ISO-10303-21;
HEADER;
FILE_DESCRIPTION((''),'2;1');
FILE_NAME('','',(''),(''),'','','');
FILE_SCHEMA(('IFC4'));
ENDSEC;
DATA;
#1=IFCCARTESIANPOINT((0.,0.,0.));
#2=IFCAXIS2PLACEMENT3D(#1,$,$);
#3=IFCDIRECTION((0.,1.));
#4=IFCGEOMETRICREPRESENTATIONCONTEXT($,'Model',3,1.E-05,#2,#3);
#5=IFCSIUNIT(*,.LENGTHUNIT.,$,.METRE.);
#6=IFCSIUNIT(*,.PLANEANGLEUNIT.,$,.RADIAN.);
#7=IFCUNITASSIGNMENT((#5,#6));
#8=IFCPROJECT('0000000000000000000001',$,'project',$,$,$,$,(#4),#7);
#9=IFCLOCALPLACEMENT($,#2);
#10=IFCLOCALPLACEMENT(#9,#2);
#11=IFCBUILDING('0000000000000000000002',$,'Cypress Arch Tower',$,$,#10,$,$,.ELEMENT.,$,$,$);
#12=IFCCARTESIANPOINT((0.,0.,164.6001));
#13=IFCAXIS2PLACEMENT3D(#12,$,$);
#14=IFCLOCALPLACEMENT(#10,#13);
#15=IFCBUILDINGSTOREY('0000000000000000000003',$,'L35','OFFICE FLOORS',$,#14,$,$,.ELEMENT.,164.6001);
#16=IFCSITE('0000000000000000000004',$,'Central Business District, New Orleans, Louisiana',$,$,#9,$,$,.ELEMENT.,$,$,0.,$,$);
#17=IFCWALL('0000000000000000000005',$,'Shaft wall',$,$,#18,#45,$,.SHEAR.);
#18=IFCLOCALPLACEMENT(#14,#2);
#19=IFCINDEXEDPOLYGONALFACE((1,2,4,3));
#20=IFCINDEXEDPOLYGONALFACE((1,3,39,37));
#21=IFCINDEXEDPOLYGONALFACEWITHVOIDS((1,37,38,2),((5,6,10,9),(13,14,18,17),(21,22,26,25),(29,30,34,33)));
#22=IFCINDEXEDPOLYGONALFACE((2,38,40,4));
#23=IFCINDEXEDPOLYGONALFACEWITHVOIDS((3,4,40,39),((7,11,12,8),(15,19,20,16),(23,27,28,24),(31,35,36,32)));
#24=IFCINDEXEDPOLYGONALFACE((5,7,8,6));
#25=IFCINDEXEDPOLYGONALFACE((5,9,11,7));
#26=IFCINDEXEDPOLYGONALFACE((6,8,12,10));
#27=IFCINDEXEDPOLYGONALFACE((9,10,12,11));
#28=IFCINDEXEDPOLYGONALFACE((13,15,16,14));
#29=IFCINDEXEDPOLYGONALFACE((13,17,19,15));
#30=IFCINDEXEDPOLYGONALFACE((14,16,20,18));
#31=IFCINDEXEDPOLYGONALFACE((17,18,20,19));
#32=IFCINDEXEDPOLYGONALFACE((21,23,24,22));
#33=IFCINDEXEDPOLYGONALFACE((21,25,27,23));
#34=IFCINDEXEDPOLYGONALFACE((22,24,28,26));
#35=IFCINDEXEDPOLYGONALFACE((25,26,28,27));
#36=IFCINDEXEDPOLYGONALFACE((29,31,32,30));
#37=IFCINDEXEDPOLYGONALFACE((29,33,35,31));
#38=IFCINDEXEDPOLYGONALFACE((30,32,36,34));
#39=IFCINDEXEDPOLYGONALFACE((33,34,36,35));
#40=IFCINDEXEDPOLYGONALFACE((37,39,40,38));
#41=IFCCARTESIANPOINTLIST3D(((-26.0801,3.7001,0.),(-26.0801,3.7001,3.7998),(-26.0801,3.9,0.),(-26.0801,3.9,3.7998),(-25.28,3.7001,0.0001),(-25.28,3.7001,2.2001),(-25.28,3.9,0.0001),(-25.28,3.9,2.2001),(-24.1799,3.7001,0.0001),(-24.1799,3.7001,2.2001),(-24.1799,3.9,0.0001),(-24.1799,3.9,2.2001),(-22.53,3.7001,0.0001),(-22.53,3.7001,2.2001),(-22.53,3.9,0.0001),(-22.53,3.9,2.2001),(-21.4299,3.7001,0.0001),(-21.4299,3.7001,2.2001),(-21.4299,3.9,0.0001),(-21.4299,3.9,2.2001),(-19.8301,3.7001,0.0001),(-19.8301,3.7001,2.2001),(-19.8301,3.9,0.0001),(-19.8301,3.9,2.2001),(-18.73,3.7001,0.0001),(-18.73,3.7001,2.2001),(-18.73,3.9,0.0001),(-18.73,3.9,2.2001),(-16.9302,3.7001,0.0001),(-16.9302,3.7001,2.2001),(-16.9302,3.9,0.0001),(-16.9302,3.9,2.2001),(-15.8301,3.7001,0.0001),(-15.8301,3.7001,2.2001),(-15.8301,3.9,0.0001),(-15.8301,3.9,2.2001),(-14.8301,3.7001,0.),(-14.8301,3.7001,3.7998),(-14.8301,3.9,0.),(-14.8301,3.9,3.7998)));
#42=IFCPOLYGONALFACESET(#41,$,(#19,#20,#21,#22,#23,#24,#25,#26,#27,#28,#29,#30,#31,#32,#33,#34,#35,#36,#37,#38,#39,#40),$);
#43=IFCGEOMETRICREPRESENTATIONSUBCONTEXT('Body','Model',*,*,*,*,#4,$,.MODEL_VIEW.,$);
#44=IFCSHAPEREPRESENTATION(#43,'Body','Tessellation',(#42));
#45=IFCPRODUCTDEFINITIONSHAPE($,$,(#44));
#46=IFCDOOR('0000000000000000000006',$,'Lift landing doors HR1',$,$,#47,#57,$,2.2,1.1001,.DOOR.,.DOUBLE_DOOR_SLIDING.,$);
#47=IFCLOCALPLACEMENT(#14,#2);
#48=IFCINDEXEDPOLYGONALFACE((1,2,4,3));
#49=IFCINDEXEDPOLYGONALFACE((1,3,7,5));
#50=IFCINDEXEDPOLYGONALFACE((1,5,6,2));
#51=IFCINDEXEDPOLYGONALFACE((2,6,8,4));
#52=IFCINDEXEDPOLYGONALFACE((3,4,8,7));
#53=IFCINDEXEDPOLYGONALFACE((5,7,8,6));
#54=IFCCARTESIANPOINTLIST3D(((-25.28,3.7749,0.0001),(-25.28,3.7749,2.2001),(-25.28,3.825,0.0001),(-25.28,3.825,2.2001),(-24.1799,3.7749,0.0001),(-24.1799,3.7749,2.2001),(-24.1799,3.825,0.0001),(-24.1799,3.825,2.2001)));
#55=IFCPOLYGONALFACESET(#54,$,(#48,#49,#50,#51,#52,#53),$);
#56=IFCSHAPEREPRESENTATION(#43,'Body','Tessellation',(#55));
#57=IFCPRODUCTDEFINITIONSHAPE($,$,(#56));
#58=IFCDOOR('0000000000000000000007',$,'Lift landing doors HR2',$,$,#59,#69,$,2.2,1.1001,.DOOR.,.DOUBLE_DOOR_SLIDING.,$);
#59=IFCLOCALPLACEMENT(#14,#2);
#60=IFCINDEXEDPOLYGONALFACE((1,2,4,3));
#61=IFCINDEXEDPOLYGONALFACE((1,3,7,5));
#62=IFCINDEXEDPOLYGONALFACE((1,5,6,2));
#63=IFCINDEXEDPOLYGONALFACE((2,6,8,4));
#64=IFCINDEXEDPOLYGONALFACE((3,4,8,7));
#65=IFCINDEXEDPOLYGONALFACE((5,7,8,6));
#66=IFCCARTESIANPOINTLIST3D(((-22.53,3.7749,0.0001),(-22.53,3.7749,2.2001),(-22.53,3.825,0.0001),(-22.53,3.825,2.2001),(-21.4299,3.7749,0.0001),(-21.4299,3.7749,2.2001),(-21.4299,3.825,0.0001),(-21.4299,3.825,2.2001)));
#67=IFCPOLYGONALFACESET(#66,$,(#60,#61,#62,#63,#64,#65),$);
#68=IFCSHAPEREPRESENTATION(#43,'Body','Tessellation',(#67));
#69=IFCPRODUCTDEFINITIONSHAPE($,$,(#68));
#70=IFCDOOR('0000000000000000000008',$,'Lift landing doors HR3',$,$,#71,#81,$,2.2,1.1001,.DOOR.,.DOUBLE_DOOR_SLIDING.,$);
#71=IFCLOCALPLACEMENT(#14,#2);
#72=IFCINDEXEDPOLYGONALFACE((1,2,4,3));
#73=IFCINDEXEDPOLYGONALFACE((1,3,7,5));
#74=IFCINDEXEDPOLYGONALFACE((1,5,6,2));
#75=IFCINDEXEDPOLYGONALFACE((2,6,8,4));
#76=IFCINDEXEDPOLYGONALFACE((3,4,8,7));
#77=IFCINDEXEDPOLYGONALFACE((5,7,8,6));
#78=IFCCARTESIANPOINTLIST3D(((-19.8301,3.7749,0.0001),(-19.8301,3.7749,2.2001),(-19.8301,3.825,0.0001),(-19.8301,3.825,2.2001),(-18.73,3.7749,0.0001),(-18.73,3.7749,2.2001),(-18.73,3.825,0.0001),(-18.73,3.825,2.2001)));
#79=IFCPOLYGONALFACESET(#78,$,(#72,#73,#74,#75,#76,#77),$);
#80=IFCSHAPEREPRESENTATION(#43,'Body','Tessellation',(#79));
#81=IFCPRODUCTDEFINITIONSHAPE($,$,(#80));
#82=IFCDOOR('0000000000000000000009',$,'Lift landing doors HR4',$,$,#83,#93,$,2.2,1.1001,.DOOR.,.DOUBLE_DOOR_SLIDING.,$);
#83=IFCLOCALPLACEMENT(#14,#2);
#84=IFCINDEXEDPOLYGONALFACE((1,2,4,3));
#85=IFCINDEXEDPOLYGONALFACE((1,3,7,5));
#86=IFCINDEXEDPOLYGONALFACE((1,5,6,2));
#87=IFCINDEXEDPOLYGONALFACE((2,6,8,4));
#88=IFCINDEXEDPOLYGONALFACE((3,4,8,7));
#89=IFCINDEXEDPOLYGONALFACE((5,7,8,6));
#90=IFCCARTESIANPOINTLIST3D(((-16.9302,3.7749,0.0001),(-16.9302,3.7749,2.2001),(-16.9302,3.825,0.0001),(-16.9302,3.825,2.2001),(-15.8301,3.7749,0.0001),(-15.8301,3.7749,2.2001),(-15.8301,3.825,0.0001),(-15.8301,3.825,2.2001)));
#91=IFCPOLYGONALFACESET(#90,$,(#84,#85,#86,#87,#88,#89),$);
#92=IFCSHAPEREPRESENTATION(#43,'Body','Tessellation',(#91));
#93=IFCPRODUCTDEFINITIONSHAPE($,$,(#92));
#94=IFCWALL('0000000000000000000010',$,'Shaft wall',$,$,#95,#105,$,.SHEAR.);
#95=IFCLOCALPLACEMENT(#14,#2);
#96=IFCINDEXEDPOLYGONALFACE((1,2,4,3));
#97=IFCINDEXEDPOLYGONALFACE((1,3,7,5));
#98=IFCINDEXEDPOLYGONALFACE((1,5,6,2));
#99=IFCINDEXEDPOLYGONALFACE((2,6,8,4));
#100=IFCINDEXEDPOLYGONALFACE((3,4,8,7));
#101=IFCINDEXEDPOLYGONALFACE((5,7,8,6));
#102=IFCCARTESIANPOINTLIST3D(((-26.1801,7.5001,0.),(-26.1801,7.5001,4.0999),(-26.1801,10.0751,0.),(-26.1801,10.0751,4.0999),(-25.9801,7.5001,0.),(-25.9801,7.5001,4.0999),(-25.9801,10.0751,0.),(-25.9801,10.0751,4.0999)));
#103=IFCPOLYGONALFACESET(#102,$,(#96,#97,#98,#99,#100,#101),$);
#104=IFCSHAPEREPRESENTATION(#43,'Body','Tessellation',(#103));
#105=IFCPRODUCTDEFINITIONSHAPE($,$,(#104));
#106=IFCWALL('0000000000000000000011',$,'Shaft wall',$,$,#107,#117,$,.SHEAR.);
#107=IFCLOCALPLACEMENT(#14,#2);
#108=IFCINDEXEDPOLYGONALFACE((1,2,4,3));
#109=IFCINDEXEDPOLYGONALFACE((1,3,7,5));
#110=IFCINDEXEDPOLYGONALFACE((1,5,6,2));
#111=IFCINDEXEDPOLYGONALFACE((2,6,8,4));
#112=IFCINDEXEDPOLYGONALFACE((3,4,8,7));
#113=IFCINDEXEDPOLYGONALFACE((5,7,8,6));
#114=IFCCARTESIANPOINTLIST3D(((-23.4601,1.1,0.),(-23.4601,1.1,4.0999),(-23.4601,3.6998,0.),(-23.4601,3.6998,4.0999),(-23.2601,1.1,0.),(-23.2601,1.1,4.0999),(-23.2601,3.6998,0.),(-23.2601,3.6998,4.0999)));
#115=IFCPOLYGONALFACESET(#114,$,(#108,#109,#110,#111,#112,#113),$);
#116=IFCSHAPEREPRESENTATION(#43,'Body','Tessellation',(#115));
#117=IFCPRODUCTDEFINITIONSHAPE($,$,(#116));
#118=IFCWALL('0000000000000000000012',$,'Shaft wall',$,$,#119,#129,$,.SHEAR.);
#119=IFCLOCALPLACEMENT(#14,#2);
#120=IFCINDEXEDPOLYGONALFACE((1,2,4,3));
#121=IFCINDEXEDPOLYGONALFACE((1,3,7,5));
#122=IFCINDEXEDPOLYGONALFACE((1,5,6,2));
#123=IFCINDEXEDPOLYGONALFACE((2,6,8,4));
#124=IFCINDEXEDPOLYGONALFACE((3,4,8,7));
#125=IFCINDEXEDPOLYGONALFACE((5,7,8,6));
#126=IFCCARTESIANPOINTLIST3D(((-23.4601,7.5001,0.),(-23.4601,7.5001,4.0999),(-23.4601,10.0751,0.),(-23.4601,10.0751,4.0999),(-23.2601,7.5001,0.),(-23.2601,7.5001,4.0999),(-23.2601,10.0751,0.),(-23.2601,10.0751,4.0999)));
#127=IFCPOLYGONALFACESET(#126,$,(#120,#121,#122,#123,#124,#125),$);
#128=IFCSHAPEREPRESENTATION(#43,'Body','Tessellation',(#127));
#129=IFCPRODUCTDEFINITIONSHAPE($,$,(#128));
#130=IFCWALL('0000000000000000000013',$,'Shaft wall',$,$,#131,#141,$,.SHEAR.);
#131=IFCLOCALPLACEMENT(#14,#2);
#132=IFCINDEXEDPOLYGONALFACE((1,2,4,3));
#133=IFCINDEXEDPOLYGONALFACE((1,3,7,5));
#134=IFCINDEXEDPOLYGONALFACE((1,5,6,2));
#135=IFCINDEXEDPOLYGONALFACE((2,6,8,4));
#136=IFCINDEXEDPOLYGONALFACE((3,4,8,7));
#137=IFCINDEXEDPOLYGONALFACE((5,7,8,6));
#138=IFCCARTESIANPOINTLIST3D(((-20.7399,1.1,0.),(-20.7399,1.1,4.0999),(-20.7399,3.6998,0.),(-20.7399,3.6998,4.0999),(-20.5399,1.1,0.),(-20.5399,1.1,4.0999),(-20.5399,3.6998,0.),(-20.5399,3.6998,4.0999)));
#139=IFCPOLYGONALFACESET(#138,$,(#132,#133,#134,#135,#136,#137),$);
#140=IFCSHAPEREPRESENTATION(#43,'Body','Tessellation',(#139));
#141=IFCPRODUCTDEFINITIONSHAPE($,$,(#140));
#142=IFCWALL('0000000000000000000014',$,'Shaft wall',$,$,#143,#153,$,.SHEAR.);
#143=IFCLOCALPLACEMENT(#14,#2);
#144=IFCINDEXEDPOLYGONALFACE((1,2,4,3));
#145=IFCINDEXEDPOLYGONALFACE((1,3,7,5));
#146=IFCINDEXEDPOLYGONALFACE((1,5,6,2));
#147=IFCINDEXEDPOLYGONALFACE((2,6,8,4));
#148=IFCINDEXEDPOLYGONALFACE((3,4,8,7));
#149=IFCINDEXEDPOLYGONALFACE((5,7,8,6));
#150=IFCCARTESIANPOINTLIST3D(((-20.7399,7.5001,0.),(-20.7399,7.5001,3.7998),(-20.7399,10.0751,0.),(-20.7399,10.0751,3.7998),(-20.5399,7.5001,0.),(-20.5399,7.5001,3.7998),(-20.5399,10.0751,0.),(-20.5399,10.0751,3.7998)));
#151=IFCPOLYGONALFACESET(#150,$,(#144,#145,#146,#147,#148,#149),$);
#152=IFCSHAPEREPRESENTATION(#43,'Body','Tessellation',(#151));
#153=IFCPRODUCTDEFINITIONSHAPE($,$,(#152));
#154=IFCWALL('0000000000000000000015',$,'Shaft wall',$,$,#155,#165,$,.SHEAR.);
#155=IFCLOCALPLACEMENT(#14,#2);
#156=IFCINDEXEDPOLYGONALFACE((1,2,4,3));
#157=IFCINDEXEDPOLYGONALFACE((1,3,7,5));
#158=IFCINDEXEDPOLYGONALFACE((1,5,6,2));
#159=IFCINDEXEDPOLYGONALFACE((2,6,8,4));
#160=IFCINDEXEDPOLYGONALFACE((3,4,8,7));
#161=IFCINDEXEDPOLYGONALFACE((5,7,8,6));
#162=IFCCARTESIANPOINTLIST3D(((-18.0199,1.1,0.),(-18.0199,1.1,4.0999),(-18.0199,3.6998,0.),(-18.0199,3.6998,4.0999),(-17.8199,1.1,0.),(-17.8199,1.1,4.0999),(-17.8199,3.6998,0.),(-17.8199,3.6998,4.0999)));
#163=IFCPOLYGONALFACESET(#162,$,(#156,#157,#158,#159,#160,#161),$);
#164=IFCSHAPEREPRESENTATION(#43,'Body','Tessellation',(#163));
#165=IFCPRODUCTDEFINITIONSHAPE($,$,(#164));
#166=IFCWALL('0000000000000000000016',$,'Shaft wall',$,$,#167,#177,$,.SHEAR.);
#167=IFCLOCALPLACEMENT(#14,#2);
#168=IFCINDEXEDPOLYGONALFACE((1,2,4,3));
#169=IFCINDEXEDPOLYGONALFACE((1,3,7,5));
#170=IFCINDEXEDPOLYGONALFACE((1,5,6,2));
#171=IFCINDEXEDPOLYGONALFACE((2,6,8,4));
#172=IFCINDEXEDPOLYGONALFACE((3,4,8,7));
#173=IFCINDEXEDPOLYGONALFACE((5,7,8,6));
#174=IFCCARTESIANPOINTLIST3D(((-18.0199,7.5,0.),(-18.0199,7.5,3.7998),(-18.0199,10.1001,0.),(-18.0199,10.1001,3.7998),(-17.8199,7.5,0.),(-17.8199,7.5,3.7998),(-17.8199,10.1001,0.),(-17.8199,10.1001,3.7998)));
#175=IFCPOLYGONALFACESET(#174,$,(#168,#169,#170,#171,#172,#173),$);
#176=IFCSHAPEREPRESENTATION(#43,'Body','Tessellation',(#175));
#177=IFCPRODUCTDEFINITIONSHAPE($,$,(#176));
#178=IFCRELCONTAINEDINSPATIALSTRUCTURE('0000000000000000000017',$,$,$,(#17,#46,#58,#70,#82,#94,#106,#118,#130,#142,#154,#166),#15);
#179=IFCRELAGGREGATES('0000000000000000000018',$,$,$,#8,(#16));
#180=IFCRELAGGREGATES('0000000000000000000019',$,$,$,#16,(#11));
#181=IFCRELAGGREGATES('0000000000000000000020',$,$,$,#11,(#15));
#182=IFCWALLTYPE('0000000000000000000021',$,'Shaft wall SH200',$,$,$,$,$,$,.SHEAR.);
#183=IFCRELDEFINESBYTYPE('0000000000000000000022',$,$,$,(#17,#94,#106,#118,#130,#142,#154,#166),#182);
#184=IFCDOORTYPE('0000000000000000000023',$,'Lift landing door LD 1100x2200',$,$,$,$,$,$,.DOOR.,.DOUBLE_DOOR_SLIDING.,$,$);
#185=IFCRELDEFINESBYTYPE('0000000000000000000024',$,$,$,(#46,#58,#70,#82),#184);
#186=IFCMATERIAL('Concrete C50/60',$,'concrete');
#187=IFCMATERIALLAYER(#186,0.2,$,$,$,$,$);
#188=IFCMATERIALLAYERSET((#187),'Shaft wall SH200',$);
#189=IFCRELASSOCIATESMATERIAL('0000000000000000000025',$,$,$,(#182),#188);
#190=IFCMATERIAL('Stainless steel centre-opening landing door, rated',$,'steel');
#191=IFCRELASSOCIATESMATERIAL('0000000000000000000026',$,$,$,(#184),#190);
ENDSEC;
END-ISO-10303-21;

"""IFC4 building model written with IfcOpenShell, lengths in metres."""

from ifc_helpers import new_model, si_unit, direction, frame, frame_2d, origin, place, context, subcontext, project, spatial, rectangle, extrude, material, layer, layer_set, type_object, element, fill, save


model = new_model("IFC4")

# Units and contexts
model_context = context("Model", 3, precision=1e-05, world=origin(), true_north=direction((0.0, 1.0)))
body_context = subcontext(model_context, "Body", "Model", "MODEL_VIEW")
ifc_project = project(units=[si_unit("LENGTHUNIT", "METRE"), si_unit("PLANEANGLEUNIT", "RADIAN")], contexts=[model_context])

# Site, building, storey
site_placement = place(None, origin())
site = spatial("IfcSite", under=ifc_project, at=site_placement, Name="Central Business District, New Orleans, Louisiana", CompositionType="ELEMENT", RefElevation=0.0)
building_placement = place(site_placement, origin())
building = spatial("IfcBuilding", under=site, at=building_placement, Name="Cypress Arch Tower", CompositionType="ELEMENT")
storey_placement = place(building_placement, frame((0.0, 0.0, 164.6001)))
storey = spatial("IfcBuildingStorey", under=building, at=storey_placement, Name="L35", Description="OFFICE FLOORS", CompositionType="ELEMENT", Elevation=164.6001)

# Shared definitions
ifc_material_1 = material(Name="Concrete C50/60", Category="concrete")
ifc_layer_1 = layer(ifc_material_1, 0.2)
ifc_layer_set_1 = layer_set([ifc_layer_1], Name="Shaft wall SH200")
wall_type_1 = type_object("IfcWallType", Name="Shaft wall SH200", PredefinedType="SHEAR", material=ifc_layer_set_1)
ifc_material_2 = material(Name="Stainless steel centre-opening landing door, rated", Category="steel")
door_type_1 = type_object("IfcDoorType", Name="Lift landing door LD 1100x2200", OperationType="DOUBLE_DOOR_SLIDING", PredefinedType="DOOR", material=ifc_material_2)

# Wall, openings, doors
wall_1_placement = place(storey_placement, frame((-26.0801, 3.8, 0.0), z_axis=(0.0, 0.0, 1.0), x_axis=(1.0, 0.0, 0.0)))
wall_1 = element("IfcWall", 1, at=wall_1_placement, inside=storey, type_object=wall_type_1, Name="Shaft wall", PredefinedType="SHEAR", context=body_context, shape_type="SweptSolid", body=[
    extrude(rectangle(XDim=11.25, YDim=0.2, at=frame_2d((5.625, 0.0))), origin(), (0.0, 0.0, 1.0), 3.7998),
])
opening_1_placement = place(wall_1_placement, frame((0.8, 0.0, 0.0)))
opening_1 = element("IfcOpeningElement", 2, at=opening_1_placement, cuts=wall_1, PredefinedType="OPENING", context=body_context, shape_type="SweptSolid", body=[
    extrude(rectangle(XDim=1.1001, YDim=2.2, at=frame_2d((0.55, 1.1001))), frame((0.0, 0.1099, 0.0), z_axis=(0.0, -1.0, 0.0), x_axis=(1.0, 0.0, 0.0)), (0.0, 0.0, 1.0), 0.22),
])
opening_2_placement = place(wall_1_placement, frame((3.55, 0.0, 0.0)))
opening_2 = element("IfcOpeningElement", 3, at=opening_2_placement, cuts=wall_1, PredefinedType="OPENING", context=body_context, shape_type="SweptSolid", body=[
    extrude(rectangle(XDim=1.1001, YDim=2.2, at=frame_2d((0.55, 1.1001))), frame((0.0, 0.1099, 0.0), z_axis=(0.0, -1.0, 0.0), x_axis=(1.0, 0.0, 0.0)), (0.0, 0.0, 1.0), 0.22),
])
opening_3_placement = place(wall_1_placement, frame((6.25, 0.0, 0.0)))
opening_3 = element("IfcOpeningElement", 4, at=opening_3_placement, cuts=wall_1, PredefinedType="OPENING", context=body_context, shape_type="SweptSolid", body=[
    extrude(rectangle(XDim=1.1001, YDim=2.2, at=frame_2d((0.55, 1.1001))), frame((0.0, 0.1099, 0.0), z_axis=(0.0, -1.0, 0.0), x_axis=(1.0, 0.0, 0.0)), (0.0, 0.0, 1.0), 0.22),
])
opening_4_placement = place(wall_1_placement, frame((9.1499, 0.0, 0.0)))
opening_4 = element("IfcOpeningElement", 5, at=opening_4_placement, cuts=wall_1, PredefinedType="OPENING", context=body_context, shape_type="SweptSolid", body=[
    extrude(rectangle(XDim=1.1001, YDim=2.2, at=frame_2d((0.55, 1.1001))), frame((0.0, 0.1099, 0.0), z_axis=(0.0, -1.0, 0.0), x_axis=(1.0, 0.0, 0.0)), (0.0, 0.0, 1.0), 0.22),
])
door_1_placement = place(opening_1_placement, origin())
door_1 = element("IfcDoor", 6, at=door_1_placement, inside=storey, type_object=door_type_1, Name="Lift landing doors HR1", OperationType="DOUBLE_DOOR_SLIDING", OverallHeight=2.2, OverallWidth=1.1001, PredefinedType="DOOR", context=body_context, shape_type="SweptSolid", body=[
    extrude(rectangle(XDim=1.1001, YDim=2.2, at=frame_2d((0.55, 1.1001))), frame((0.0, 0.0249, 0.0), z_axis=(0.0, -1.0, 0.0), x_axis=(1.0, 0.0, 0.0)), (0.0, 0.0, 1.0), 0.05),
])
fill(opening_1, door_1)
door_2_placement = place(opening_2_placement, origin())
door_2 = element("IfcDoor", 7, at=door_2_placement, inside=storey, type_object=door_type_1, Name="Lift landing doors HR2", OperationType="DOUBLE_DOOR_SLIDING", OverallHeight=2.2, OverallWidth=1.1001, PredefinedType="DOOR", context=body_context, shape_type="SweptSolid", body=[
    extrude(rectangle(XDim=1.1001, YDim=2.2, at=frame_2d((0.55, 1.1001))), frame((0.0, 0.0249, 0.0), z_axis=(0.0, -1.0, 0.0), x_axis=(1.0, 0.0, 0.0)), (0.0, 0.0, 1.0), 0.05),
])
fill(opening_2, door_2)
door_3_placement = place(opening_3_placement, origin())
door_3 = element("IfcDoor", 8, at=door_3_placement, inside=storey, type_object=door_type_1, Name="Lift landing doors HR3", OperationType="DOUBLE_DOOR_SLIDING", OverallHeight=2.2, OverallWidth=1.1001, PredefinedType="DOOR", context=body_context, shape_type="SweptSolid", body=[
    extrude(rectangle(XDim=1.1001, YDim=2.2, at=frame_2d((0.55, 1.1001))), frame((0.0, 0.0249, 0.0), z_axis=(0.0, -1.0, 0.0), x_axis=(1.0, 0.0, 0.0)), (0.0, 0.0, 1.0), 0.05),
])
fill(opening_3, door_3)
door_4_placement = place(opening_4_placement, origin())
door_4 = element("IfcDoor", 9, at=door_4_placement, inside=storey, type_object=door_type_1, Name="Lift landing doors HR4", OperationType="DOUBLE_DOOR_SLIDING", OverallHeight=2.2, OverallWidth=1.1001, PredefinedType="DOOR", context=body_context, shape_type="SweptSolid", body=[
    extrude(rectangle(XDim=1.1001, YDim=2.2, at=frame_2d((0.55, 1.1001))), frame((0.0, 0.0249, 0.0), z_axis=(0.0, -1.0, 0.0), x_axis=(1.0, 0.0, 0.0)), (0.0, 0.0, 1.0), 0.05),
])
fill(opening_4, door_4)

# Walls
wall_2_placement = place(storey_placement, frame((-26.0801, 7.5, 0.0), z_axis=(0.0, 0.0, 1.0), x_axis=(0.0, 1.0, 0.0)))
element("IfcWall", 10, at=wall_2_placement, inside=storey, type_object=wall_type_1, Name="Shaft wall", PredefinedType="SHEAR", context=body_context, shape_type="SweptSolid", body=[
    extrude(rectangle(XDim=2.575, YDim=0.2, at=frame_2d((1.2876, 0.0))), origin(), (0.0, 0.0, 1.0), 4.0999),
])
wall_3_placement = place(storey_placement, frame((-23.3601, 1.1001, 0.0), z_axis=(0.0, 0.0, 1.0), x_axis=(0.0, 1.0, 0.0)))
element("IfcWall", 11, at=wall_3_placement, inside=storey, type_object=wall_type_1, Name="Shaft wall", PredefinedType="SHEAR", context=body_context, shape_type="SweptSolid", body=[
    extrude(rectangle(XDim=2.5999, YDim=0.2, at=frame_2d((1.2998, 0.0))), origin(), (0.0, 0.0, 1.0), 4.0999),
])
wall_4_placement = place(storey_placement, frame((-23.3601, 7.5, 0.0), z_axis=(0.0, 0.0, 1.0), x_axis=(0.0, 1.0, 0.0)))
element("IfcWall", 12, at=wall_4_placement, inside=storey, type_object=wall_type_1, Name="Shaft wall", PredefinedType="SHEAR", context=body_context, shape_type="SweptSolid", body=[
    extrude(rectangle(XDim=2.575, YDim=0.2, at=frame_2d((1.2876, 0.0))), origin(), (0.0, 0.0, 1.0), 4.0999),
])
wall_5_placement = place(storey_placement, frame((-20.6399, 1.1001, 0.0), z_axis=(0.0, 0.0, 1.0), x_axis=(0.0, 1.0, 0.0)))
element("IfcWall", 13, at=wall_5_placement, inside=storey, type_object=wall_type_1, Name="Shaft wall", PredefinedType="SHEAR", context=body_context, shape_type="SweptSolid", body=[
    extrude(rectangle(XDim=2.5999, YDim=0.2, at=frame_2d((1.2998, 0.0))), origin(), (0.0, 0.0, 1.0), 4.0999),
])
wall_6_placement = place(storey_placement, frame((-20.6399, 7.5, 0.0), z_axis=(0.0, 0.0, 1.0), x_axis=(0.0, 1.0, 0.0)))
element("IfcWall", 14, at=wall_6_placement, inside=storey, type_object=wall_type_1, Name="Shaft wall", PredefinedType="SHEAR", context=body_context, shape_type="SweptSolid", body=[
    extrude(rectangle(XDim=2.575, YDim=0.2, at=frame_2d((1.2876, 0.0))), origin(), (0.0, 0.0, 1.0), 3.7998),
])
wall_7_placement = place(storey_placement, frame((-17.9199, 1.1001, 0.0), z_axis=(0.0, 0.0, 1.0), x_axis=(0.0, 1.0, 0.0)))
element("IfcWall", 15, at=wall_7_placement, inside=storey, type_object=wall_type_1, Name="Shaft wall", PredefinedType="SHEAR", context=body_context, shape_type="SweptSolid", body=[
    extrude(rectangle(XDim=2.5999, YDim=0.2, at=frame_2d((1.2998, 0.0))), origin(), (0.0, 0.0, 1.0), 4.0999),
])
wall_8_placement = place(storey_placement, frame((-17.9199, 7.5, 0.0), z_axis=(0.0, 0.0, 1.0), x_axis=(0.0, 1.0, 0.0)))
element("IfcWall", 16, at=wall_8_placement, inside=storey, type_object=wall_type_1, Name="Shaft wall", PredefinedType="SHEAR", context=body_context, shape_type="SweptSolid", body=[
    extrude(rectangle(XDim=2.6001, YDim=0.2, at=frame_2d((1.3, 0.0))), origin(), (0.0, 0.0, 1.0), 3.7998),
])

save(model, "model.ifc")
